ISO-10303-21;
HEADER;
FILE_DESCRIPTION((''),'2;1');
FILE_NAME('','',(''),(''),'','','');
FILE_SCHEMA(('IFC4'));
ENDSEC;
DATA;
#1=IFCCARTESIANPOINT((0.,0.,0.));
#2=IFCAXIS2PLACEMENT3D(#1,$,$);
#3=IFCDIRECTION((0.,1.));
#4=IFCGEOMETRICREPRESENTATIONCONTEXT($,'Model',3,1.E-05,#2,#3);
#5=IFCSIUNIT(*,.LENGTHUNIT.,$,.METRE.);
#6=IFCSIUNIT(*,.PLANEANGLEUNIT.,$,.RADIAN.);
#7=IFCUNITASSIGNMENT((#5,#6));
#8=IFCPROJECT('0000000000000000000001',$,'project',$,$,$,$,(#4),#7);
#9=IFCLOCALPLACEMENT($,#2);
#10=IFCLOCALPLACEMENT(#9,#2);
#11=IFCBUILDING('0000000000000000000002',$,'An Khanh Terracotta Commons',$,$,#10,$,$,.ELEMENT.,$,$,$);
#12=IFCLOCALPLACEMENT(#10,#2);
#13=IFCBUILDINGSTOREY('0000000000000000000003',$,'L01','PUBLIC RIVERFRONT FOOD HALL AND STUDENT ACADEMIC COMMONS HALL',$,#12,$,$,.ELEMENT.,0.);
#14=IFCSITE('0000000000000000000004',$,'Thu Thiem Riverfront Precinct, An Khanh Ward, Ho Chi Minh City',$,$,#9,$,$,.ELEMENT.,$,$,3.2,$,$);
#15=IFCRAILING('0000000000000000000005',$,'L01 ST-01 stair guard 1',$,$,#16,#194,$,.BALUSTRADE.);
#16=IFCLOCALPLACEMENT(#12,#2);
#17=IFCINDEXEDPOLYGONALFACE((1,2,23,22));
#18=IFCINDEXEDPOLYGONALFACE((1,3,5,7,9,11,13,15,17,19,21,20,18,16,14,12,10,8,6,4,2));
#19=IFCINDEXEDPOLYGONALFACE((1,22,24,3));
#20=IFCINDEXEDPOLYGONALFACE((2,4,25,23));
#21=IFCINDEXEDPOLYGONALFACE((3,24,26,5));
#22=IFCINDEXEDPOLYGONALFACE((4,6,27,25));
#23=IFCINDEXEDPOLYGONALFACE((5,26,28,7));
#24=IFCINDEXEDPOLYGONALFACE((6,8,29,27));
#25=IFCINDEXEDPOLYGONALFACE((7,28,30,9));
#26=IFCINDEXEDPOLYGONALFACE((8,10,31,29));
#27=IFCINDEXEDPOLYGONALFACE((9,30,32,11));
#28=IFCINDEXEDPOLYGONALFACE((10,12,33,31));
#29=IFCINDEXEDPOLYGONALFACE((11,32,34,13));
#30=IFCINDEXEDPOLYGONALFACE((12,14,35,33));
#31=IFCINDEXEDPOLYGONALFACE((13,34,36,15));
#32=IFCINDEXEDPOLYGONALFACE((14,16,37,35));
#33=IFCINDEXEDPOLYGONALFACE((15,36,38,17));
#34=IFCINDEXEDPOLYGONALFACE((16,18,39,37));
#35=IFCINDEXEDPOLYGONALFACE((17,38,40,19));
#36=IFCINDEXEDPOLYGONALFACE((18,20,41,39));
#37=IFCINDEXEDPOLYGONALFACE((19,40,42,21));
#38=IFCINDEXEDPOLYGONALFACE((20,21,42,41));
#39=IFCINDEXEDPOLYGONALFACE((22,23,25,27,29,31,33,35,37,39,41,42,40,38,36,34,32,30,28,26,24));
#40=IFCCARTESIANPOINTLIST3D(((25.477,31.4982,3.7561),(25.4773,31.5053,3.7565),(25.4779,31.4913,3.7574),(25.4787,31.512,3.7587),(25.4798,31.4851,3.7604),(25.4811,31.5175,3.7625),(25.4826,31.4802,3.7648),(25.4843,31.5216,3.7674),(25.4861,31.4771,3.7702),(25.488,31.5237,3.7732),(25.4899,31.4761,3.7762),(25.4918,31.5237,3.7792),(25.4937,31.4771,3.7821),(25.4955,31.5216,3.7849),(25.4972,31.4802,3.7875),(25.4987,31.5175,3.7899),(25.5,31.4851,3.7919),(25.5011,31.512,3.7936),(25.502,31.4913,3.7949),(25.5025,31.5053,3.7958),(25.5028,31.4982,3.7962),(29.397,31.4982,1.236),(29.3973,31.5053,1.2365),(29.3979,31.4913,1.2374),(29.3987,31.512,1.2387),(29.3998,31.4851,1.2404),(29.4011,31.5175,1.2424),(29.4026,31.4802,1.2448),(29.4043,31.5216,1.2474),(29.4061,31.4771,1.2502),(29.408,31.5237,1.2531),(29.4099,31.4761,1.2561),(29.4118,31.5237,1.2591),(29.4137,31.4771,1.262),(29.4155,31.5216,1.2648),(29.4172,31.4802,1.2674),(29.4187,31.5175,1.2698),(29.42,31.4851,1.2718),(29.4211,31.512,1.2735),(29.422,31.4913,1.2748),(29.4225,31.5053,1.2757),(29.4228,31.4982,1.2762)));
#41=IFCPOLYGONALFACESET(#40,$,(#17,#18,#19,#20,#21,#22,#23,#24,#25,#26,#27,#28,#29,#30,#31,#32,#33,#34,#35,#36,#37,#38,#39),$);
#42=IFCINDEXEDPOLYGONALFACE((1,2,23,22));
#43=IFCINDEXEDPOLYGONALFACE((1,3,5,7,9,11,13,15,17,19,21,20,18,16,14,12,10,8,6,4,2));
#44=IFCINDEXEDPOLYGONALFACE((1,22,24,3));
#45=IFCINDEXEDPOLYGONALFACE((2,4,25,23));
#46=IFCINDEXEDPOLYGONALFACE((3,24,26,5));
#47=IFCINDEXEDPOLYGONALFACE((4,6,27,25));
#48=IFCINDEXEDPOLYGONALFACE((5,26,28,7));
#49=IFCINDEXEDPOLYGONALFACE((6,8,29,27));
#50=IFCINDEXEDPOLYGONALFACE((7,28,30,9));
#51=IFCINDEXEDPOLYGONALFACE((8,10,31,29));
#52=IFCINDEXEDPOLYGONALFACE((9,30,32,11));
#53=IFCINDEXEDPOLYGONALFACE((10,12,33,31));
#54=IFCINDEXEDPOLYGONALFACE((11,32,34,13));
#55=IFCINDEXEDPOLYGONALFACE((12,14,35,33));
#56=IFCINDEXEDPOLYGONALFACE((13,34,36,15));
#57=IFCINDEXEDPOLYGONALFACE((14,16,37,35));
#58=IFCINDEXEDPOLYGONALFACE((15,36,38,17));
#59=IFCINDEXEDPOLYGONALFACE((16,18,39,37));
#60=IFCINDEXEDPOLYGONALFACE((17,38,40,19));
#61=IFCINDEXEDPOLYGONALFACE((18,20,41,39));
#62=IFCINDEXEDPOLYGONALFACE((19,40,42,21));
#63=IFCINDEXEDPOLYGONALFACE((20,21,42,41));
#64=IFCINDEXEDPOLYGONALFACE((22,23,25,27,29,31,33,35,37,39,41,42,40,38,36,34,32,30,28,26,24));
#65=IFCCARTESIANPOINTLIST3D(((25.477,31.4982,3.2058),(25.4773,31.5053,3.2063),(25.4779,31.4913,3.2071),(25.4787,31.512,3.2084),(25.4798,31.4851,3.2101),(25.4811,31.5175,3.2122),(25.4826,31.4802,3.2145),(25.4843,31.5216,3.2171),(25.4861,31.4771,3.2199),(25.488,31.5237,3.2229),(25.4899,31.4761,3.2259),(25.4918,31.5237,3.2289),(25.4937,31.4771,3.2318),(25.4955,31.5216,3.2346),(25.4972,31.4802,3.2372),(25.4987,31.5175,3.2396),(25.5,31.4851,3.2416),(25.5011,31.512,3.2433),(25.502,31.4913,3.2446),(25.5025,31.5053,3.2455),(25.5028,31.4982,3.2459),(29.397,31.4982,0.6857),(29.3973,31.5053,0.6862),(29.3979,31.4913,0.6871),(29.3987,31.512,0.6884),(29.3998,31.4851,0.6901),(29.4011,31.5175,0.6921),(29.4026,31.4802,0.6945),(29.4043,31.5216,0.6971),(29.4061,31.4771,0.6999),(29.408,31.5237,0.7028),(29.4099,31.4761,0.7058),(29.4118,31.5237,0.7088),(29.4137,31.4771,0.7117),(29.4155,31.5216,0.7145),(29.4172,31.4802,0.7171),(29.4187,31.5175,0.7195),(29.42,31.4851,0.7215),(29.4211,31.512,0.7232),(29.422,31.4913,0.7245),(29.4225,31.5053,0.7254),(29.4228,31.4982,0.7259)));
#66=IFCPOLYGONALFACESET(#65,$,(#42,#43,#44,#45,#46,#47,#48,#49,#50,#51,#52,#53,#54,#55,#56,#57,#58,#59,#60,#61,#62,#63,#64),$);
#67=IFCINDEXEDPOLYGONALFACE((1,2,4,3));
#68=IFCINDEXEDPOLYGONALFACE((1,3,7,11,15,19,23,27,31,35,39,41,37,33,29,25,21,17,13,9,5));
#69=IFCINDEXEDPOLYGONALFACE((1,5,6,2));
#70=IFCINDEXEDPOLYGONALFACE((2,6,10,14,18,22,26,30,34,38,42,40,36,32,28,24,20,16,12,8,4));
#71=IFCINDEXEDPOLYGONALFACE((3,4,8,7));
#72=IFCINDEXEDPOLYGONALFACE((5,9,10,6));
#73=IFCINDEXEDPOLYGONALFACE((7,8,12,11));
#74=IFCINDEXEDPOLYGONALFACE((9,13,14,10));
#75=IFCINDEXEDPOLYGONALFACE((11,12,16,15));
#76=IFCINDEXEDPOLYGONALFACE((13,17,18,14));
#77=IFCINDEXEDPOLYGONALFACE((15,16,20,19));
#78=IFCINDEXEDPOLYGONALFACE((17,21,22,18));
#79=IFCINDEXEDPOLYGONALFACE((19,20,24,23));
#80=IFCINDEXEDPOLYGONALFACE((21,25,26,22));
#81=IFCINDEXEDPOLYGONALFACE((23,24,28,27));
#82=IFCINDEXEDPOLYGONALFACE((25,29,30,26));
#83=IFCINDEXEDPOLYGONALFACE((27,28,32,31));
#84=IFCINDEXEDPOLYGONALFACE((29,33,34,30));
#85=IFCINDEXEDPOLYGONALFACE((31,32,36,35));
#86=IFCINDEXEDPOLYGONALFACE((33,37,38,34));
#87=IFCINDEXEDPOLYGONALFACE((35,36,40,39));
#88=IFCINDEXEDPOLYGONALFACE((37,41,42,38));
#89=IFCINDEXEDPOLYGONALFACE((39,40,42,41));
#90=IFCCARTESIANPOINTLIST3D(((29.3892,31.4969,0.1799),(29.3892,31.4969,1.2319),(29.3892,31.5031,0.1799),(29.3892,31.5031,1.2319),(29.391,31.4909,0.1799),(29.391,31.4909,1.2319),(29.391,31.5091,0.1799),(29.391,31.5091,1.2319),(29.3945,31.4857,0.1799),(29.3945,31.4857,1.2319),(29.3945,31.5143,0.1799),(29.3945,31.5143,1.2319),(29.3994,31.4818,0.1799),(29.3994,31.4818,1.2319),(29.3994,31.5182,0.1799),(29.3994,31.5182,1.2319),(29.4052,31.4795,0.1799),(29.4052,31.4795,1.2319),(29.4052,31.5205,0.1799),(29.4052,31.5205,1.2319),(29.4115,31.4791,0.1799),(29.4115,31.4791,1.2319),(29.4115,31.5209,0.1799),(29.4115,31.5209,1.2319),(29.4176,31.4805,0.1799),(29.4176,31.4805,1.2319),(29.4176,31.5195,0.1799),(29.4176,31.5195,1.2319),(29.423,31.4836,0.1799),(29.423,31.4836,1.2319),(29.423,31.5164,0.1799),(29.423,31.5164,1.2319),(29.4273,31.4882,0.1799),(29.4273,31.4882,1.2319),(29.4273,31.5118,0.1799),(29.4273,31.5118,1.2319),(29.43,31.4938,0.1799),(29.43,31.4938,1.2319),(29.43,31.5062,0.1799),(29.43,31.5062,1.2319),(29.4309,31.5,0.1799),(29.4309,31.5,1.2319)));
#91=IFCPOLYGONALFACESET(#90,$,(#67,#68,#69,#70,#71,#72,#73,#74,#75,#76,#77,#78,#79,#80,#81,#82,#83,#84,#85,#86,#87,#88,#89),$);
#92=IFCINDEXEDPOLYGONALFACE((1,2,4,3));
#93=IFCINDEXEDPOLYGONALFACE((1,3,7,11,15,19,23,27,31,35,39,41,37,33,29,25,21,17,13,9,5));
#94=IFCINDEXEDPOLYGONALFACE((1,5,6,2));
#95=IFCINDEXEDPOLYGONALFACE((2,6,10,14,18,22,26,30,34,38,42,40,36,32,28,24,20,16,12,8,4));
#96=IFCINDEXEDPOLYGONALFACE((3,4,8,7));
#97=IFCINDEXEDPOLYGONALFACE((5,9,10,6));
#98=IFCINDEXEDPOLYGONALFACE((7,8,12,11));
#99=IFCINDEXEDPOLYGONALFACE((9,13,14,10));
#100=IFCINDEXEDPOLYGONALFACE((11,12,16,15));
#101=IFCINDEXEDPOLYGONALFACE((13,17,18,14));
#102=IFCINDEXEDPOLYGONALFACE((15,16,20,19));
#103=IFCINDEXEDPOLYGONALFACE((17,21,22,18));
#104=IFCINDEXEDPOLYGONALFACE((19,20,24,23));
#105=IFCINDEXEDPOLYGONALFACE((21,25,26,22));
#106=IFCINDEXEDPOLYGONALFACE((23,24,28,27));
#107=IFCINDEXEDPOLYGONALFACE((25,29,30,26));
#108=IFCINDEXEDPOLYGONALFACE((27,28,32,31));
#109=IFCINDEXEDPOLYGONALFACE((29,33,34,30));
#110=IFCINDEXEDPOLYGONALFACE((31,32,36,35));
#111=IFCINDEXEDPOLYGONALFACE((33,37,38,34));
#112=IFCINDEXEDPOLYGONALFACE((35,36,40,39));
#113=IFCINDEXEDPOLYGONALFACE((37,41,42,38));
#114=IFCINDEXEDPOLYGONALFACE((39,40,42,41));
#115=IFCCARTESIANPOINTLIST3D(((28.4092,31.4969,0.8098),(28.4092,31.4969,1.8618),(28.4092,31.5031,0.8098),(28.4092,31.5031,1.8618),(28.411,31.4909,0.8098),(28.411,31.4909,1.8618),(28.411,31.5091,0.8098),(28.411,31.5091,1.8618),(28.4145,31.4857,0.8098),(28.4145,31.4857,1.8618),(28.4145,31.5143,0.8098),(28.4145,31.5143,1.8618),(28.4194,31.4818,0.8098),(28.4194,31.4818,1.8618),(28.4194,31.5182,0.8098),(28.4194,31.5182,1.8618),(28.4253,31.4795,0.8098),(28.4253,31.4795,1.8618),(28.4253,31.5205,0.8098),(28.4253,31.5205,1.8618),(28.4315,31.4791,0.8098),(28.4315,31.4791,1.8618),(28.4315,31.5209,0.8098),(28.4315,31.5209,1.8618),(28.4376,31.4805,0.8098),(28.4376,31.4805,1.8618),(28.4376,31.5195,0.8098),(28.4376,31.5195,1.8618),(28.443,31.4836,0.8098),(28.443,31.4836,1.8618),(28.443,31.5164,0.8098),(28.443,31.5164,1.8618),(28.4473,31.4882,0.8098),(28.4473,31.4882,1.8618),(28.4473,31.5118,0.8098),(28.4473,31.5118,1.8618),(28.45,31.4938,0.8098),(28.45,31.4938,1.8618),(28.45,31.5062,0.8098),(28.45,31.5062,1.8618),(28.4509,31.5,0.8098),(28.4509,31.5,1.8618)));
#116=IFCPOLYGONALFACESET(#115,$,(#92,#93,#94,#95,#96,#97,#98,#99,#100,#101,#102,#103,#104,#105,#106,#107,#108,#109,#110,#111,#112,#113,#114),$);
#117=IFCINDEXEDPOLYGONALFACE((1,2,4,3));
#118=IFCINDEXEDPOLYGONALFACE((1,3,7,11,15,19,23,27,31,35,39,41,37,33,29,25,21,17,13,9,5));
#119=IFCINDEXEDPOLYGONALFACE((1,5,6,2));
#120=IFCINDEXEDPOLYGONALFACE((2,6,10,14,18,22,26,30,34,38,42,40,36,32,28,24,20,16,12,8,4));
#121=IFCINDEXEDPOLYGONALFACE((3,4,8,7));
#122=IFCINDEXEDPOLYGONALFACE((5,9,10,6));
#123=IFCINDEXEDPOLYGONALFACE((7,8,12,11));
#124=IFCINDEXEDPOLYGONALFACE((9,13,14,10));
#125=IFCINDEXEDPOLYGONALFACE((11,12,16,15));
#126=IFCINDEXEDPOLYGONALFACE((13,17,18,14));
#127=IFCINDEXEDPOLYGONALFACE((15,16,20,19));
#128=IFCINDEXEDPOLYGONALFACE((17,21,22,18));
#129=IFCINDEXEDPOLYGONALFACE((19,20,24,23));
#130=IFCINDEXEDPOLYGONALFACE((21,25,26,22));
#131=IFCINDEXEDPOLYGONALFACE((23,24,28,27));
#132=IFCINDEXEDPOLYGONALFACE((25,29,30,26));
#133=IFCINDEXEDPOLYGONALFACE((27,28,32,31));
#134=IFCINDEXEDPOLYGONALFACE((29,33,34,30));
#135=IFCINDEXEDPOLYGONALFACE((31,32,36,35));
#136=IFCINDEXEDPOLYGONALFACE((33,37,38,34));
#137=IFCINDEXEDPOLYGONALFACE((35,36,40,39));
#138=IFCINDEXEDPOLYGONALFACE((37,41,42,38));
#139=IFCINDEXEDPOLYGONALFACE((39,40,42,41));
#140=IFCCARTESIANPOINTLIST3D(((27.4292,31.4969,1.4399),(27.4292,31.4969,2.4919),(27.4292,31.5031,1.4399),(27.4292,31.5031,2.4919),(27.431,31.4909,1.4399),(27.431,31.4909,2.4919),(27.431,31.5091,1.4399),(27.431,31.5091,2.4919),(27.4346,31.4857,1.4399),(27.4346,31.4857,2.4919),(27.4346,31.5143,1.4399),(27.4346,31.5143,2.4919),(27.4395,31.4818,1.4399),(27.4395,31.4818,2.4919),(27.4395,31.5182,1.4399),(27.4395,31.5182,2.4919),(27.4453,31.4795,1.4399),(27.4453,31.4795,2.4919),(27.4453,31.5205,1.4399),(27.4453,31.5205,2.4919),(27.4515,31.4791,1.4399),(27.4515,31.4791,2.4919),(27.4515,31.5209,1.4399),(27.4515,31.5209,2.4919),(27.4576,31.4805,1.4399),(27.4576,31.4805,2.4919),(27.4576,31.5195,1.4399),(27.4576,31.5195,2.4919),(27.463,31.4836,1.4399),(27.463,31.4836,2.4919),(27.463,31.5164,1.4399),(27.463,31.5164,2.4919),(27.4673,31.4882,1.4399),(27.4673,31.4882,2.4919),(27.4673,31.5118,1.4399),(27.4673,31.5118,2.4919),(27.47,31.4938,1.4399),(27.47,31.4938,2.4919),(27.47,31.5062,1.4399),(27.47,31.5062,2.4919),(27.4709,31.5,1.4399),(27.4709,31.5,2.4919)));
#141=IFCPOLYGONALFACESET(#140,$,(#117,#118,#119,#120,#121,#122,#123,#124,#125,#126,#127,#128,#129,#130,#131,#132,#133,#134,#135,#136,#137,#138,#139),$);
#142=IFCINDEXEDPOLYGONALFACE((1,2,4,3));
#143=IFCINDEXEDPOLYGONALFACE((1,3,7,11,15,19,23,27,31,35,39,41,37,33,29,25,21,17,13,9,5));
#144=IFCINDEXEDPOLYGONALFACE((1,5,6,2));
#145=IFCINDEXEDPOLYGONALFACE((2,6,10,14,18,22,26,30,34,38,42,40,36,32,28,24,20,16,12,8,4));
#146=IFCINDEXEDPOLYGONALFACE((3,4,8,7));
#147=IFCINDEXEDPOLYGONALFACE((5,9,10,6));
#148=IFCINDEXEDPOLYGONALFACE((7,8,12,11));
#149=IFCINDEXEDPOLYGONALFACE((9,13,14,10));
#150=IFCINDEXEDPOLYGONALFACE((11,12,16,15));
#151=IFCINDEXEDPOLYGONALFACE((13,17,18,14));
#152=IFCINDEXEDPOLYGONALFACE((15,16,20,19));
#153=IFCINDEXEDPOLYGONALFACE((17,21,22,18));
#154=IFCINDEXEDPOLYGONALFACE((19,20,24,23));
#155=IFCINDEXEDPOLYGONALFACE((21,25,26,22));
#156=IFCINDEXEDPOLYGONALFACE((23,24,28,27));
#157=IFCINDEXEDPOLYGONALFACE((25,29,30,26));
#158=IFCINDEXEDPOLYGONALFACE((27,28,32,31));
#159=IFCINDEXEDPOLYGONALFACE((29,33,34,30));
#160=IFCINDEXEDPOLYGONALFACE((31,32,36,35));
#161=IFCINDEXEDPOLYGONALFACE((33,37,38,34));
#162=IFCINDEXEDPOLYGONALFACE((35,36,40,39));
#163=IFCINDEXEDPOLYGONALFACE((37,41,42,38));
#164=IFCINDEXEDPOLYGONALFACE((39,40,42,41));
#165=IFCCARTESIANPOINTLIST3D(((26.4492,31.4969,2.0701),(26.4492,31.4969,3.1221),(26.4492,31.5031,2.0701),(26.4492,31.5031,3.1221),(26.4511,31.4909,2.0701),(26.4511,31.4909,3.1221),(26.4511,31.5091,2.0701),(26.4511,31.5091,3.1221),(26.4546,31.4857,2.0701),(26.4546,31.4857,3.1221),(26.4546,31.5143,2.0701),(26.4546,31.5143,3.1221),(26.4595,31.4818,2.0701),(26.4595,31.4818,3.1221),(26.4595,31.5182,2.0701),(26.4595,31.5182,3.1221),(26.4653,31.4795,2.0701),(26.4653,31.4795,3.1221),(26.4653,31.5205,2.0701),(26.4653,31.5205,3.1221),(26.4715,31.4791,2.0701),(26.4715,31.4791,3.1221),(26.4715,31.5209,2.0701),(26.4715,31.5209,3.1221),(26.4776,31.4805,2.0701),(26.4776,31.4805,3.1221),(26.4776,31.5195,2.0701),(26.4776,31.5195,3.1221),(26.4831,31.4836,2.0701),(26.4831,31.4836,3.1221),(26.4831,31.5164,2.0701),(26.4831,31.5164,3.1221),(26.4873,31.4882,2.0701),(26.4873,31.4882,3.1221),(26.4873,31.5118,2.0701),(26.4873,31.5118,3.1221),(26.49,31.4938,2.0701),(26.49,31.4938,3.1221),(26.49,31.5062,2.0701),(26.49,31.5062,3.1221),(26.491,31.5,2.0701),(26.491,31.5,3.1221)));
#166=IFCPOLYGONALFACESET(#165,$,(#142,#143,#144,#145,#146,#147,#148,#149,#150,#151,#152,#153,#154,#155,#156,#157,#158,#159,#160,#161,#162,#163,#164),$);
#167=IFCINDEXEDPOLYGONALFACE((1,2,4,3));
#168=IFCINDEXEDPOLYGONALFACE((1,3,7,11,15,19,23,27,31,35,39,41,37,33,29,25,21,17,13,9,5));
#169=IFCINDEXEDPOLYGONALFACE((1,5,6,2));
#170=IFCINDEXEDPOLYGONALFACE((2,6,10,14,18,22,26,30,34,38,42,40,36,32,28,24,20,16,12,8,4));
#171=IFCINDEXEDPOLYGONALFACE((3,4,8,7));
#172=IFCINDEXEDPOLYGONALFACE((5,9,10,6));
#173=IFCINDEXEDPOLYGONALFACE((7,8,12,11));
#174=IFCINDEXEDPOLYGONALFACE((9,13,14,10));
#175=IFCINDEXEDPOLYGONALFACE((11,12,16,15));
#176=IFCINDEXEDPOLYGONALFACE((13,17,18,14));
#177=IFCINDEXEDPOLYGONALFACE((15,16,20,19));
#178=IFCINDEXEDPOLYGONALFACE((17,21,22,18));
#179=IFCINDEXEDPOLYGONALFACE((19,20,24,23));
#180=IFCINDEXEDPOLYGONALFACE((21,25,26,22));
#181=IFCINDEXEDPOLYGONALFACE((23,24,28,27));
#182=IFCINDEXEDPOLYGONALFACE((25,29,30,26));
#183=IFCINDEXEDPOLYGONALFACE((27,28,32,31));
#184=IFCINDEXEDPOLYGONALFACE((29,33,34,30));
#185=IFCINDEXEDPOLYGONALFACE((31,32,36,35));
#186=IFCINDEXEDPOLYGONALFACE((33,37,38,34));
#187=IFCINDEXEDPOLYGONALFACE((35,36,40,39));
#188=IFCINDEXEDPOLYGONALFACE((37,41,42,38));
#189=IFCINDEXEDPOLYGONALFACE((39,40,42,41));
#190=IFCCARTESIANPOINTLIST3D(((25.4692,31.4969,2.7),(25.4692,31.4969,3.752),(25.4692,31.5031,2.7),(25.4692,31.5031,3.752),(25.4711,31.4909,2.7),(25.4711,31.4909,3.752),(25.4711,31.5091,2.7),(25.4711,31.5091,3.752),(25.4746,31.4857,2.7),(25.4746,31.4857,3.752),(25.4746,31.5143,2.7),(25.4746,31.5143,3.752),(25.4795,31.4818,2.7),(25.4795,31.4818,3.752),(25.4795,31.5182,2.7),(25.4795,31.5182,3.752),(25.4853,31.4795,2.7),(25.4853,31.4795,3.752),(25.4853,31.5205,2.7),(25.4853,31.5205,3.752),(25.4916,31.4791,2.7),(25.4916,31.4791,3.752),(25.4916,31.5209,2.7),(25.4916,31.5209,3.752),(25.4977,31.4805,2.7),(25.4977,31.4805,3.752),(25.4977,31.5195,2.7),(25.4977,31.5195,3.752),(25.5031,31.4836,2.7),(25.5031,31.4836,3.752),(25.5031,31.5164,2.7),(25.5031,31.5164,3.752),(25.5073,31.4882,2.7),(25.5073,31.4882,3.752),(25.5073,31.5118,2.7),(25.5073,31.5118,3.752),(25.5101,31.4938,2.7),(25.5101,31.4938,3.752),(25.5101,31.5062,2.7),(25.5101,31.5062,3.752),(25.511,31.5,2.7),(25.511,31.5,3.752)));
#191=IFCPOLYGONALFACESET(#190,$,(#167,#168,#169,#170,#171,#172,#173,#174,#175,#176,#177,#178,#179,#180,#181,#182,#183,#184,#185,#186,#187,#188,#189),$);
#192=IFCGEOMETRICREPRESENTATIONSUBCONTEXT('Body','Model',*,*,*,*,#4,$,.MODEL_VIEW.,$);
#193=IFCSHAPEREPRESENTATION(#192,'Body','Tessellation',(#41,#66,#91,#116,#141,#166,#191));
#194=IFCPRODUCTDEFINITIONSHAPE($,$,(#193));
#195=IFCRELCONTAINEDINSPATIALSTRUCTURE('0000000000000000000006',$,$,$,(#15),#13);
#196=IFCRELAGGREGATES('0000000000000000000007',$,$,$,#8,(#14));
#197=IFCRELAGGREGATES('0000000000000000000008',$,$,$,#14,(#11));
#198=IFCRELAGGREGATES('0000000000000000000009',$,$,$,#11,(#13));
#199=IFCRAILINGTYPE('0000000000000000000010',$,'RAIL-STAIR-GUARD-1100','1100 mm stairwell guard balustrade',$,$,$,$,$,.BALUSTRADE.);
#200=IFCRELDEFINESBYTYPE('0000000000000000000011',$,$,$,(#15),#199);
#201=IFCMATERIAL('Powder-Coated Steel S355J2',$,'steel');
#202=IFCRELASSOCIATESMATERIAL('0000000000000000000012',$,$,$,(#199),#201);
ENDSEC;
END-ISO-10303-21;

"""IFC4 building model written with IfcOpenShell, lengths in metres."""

from ifc_helpers import new_model, si_unit, direction, frame, origin, origin_2d, place, context, subcontext, project, spatial, circle, extrude, material, type_object, element, save


model = new_model("IFC4")

# Units and contexts
model_context = context("Model", 3, precision=1e-05, world=origin(), true_north=direction((0.0, 1.0)))
body_context = subcontext(model_context, "Body", "Model", "MODEL_VIEW")
ifc_project = project(units=[si_unit("LENGTHUNIT", "METRE"), si_unit("PLANEANGLEUNIT", "RADIAN")], contexts=[model_context])

# Site, building, storey
site_placement = place(None, origin())
site = spatial("IfcSite", under=ifc_project, at=site_placement, Name="Thu Thiem Riverfront Precinct, An Khanh Ward, Ho Chi Minh City", CompositionType="ELEMENT", RefElevation=3.2)
building_placement = place(site_placement, origin())
building = spatial("IfcBuilding", under=site, at=building_placement, Name="An Khanh Terracotta Commons", CompositionType="ELEMENT")
storey_placement = place(building_placement, origin())
storey = spatial("IfcBuildingStorey", under=building, at=storey_placement, Name="L01", Description="PUBLIC RIVERFRONT FOOD HALL AND STUDENT ACADEMIC COMMONS HALL", CompositionType="ELEMENT", Elevation=0.0)

# Railing
ifc_material_1 = material(Name="Powder-Coated Steel S355J2", Category="steel")
railing_type_1 = type_object("IfcRailingType", Name="RAIL-STAIR-GUARD-1100", Description="1100 mm stairwell guard balustrade", PredefinedType="BALUSTRADE", material=ifc_material_1)
railing_1_placement = place(storey_placement, frame((29.4099, 31.5, 0.1799)))
element("IfcRailing", 1, at=railing_1_placement, inside=storey, type_object=railing_type_1, Name="L01 ST-01 stair guard 1", PredefinedType="BALUSTRADE", context=body_context, shape_type="SweptSolid", body=[
    extrude(circle(Radius=0.0239, at=origin_2d()), frame((0.0, 0.0, 1.0762), z_axis=(-0.841172, 0.0, 0.540768), x_axis=(0.0, -1.0, 0.0)), (0.0, 0.0, 1.0), 4.6602),
    extrude(circle(Radius=0.0239, at=origin_2d()), frame((0.0, 0.0, 0.5259), z_axis=(-0.841172, 0.0, 0.540768), x_axis=(0.0, -1.0, 0.0)), (0.0, 0.0, 1.0), 4.6602),
    extrude(circle(Radius=0.021, at=origin_2d()), origin(), (0.0, 0.0, 1.0), 1.052),
    extrude(circle(Radius=0.021, at=origin_2d()), frame((-0.98, 0.0, 0.6299)), (0.0, 0.0, 1.0), 1.052),
    extrude(circle(Radius=0.021, at=origin_2d()), frame((-1.96, 0.0, 1.26)), (0.0, 0.0, 1.0), 1.052),
    extrude(circle(Radius=0.021, at=origin_2d()), frame((-2.9399, 0.0, 1.8901)), (0.0, 0.0, 1.0), 1.052),
    extrude(circle(Radius=0.021, at=origin_2d()), frame((-3.9199, 0.0, 2.52)), (0.0, 0.0, 1.0), 1.052),
])

save(model, "model.ifc")
